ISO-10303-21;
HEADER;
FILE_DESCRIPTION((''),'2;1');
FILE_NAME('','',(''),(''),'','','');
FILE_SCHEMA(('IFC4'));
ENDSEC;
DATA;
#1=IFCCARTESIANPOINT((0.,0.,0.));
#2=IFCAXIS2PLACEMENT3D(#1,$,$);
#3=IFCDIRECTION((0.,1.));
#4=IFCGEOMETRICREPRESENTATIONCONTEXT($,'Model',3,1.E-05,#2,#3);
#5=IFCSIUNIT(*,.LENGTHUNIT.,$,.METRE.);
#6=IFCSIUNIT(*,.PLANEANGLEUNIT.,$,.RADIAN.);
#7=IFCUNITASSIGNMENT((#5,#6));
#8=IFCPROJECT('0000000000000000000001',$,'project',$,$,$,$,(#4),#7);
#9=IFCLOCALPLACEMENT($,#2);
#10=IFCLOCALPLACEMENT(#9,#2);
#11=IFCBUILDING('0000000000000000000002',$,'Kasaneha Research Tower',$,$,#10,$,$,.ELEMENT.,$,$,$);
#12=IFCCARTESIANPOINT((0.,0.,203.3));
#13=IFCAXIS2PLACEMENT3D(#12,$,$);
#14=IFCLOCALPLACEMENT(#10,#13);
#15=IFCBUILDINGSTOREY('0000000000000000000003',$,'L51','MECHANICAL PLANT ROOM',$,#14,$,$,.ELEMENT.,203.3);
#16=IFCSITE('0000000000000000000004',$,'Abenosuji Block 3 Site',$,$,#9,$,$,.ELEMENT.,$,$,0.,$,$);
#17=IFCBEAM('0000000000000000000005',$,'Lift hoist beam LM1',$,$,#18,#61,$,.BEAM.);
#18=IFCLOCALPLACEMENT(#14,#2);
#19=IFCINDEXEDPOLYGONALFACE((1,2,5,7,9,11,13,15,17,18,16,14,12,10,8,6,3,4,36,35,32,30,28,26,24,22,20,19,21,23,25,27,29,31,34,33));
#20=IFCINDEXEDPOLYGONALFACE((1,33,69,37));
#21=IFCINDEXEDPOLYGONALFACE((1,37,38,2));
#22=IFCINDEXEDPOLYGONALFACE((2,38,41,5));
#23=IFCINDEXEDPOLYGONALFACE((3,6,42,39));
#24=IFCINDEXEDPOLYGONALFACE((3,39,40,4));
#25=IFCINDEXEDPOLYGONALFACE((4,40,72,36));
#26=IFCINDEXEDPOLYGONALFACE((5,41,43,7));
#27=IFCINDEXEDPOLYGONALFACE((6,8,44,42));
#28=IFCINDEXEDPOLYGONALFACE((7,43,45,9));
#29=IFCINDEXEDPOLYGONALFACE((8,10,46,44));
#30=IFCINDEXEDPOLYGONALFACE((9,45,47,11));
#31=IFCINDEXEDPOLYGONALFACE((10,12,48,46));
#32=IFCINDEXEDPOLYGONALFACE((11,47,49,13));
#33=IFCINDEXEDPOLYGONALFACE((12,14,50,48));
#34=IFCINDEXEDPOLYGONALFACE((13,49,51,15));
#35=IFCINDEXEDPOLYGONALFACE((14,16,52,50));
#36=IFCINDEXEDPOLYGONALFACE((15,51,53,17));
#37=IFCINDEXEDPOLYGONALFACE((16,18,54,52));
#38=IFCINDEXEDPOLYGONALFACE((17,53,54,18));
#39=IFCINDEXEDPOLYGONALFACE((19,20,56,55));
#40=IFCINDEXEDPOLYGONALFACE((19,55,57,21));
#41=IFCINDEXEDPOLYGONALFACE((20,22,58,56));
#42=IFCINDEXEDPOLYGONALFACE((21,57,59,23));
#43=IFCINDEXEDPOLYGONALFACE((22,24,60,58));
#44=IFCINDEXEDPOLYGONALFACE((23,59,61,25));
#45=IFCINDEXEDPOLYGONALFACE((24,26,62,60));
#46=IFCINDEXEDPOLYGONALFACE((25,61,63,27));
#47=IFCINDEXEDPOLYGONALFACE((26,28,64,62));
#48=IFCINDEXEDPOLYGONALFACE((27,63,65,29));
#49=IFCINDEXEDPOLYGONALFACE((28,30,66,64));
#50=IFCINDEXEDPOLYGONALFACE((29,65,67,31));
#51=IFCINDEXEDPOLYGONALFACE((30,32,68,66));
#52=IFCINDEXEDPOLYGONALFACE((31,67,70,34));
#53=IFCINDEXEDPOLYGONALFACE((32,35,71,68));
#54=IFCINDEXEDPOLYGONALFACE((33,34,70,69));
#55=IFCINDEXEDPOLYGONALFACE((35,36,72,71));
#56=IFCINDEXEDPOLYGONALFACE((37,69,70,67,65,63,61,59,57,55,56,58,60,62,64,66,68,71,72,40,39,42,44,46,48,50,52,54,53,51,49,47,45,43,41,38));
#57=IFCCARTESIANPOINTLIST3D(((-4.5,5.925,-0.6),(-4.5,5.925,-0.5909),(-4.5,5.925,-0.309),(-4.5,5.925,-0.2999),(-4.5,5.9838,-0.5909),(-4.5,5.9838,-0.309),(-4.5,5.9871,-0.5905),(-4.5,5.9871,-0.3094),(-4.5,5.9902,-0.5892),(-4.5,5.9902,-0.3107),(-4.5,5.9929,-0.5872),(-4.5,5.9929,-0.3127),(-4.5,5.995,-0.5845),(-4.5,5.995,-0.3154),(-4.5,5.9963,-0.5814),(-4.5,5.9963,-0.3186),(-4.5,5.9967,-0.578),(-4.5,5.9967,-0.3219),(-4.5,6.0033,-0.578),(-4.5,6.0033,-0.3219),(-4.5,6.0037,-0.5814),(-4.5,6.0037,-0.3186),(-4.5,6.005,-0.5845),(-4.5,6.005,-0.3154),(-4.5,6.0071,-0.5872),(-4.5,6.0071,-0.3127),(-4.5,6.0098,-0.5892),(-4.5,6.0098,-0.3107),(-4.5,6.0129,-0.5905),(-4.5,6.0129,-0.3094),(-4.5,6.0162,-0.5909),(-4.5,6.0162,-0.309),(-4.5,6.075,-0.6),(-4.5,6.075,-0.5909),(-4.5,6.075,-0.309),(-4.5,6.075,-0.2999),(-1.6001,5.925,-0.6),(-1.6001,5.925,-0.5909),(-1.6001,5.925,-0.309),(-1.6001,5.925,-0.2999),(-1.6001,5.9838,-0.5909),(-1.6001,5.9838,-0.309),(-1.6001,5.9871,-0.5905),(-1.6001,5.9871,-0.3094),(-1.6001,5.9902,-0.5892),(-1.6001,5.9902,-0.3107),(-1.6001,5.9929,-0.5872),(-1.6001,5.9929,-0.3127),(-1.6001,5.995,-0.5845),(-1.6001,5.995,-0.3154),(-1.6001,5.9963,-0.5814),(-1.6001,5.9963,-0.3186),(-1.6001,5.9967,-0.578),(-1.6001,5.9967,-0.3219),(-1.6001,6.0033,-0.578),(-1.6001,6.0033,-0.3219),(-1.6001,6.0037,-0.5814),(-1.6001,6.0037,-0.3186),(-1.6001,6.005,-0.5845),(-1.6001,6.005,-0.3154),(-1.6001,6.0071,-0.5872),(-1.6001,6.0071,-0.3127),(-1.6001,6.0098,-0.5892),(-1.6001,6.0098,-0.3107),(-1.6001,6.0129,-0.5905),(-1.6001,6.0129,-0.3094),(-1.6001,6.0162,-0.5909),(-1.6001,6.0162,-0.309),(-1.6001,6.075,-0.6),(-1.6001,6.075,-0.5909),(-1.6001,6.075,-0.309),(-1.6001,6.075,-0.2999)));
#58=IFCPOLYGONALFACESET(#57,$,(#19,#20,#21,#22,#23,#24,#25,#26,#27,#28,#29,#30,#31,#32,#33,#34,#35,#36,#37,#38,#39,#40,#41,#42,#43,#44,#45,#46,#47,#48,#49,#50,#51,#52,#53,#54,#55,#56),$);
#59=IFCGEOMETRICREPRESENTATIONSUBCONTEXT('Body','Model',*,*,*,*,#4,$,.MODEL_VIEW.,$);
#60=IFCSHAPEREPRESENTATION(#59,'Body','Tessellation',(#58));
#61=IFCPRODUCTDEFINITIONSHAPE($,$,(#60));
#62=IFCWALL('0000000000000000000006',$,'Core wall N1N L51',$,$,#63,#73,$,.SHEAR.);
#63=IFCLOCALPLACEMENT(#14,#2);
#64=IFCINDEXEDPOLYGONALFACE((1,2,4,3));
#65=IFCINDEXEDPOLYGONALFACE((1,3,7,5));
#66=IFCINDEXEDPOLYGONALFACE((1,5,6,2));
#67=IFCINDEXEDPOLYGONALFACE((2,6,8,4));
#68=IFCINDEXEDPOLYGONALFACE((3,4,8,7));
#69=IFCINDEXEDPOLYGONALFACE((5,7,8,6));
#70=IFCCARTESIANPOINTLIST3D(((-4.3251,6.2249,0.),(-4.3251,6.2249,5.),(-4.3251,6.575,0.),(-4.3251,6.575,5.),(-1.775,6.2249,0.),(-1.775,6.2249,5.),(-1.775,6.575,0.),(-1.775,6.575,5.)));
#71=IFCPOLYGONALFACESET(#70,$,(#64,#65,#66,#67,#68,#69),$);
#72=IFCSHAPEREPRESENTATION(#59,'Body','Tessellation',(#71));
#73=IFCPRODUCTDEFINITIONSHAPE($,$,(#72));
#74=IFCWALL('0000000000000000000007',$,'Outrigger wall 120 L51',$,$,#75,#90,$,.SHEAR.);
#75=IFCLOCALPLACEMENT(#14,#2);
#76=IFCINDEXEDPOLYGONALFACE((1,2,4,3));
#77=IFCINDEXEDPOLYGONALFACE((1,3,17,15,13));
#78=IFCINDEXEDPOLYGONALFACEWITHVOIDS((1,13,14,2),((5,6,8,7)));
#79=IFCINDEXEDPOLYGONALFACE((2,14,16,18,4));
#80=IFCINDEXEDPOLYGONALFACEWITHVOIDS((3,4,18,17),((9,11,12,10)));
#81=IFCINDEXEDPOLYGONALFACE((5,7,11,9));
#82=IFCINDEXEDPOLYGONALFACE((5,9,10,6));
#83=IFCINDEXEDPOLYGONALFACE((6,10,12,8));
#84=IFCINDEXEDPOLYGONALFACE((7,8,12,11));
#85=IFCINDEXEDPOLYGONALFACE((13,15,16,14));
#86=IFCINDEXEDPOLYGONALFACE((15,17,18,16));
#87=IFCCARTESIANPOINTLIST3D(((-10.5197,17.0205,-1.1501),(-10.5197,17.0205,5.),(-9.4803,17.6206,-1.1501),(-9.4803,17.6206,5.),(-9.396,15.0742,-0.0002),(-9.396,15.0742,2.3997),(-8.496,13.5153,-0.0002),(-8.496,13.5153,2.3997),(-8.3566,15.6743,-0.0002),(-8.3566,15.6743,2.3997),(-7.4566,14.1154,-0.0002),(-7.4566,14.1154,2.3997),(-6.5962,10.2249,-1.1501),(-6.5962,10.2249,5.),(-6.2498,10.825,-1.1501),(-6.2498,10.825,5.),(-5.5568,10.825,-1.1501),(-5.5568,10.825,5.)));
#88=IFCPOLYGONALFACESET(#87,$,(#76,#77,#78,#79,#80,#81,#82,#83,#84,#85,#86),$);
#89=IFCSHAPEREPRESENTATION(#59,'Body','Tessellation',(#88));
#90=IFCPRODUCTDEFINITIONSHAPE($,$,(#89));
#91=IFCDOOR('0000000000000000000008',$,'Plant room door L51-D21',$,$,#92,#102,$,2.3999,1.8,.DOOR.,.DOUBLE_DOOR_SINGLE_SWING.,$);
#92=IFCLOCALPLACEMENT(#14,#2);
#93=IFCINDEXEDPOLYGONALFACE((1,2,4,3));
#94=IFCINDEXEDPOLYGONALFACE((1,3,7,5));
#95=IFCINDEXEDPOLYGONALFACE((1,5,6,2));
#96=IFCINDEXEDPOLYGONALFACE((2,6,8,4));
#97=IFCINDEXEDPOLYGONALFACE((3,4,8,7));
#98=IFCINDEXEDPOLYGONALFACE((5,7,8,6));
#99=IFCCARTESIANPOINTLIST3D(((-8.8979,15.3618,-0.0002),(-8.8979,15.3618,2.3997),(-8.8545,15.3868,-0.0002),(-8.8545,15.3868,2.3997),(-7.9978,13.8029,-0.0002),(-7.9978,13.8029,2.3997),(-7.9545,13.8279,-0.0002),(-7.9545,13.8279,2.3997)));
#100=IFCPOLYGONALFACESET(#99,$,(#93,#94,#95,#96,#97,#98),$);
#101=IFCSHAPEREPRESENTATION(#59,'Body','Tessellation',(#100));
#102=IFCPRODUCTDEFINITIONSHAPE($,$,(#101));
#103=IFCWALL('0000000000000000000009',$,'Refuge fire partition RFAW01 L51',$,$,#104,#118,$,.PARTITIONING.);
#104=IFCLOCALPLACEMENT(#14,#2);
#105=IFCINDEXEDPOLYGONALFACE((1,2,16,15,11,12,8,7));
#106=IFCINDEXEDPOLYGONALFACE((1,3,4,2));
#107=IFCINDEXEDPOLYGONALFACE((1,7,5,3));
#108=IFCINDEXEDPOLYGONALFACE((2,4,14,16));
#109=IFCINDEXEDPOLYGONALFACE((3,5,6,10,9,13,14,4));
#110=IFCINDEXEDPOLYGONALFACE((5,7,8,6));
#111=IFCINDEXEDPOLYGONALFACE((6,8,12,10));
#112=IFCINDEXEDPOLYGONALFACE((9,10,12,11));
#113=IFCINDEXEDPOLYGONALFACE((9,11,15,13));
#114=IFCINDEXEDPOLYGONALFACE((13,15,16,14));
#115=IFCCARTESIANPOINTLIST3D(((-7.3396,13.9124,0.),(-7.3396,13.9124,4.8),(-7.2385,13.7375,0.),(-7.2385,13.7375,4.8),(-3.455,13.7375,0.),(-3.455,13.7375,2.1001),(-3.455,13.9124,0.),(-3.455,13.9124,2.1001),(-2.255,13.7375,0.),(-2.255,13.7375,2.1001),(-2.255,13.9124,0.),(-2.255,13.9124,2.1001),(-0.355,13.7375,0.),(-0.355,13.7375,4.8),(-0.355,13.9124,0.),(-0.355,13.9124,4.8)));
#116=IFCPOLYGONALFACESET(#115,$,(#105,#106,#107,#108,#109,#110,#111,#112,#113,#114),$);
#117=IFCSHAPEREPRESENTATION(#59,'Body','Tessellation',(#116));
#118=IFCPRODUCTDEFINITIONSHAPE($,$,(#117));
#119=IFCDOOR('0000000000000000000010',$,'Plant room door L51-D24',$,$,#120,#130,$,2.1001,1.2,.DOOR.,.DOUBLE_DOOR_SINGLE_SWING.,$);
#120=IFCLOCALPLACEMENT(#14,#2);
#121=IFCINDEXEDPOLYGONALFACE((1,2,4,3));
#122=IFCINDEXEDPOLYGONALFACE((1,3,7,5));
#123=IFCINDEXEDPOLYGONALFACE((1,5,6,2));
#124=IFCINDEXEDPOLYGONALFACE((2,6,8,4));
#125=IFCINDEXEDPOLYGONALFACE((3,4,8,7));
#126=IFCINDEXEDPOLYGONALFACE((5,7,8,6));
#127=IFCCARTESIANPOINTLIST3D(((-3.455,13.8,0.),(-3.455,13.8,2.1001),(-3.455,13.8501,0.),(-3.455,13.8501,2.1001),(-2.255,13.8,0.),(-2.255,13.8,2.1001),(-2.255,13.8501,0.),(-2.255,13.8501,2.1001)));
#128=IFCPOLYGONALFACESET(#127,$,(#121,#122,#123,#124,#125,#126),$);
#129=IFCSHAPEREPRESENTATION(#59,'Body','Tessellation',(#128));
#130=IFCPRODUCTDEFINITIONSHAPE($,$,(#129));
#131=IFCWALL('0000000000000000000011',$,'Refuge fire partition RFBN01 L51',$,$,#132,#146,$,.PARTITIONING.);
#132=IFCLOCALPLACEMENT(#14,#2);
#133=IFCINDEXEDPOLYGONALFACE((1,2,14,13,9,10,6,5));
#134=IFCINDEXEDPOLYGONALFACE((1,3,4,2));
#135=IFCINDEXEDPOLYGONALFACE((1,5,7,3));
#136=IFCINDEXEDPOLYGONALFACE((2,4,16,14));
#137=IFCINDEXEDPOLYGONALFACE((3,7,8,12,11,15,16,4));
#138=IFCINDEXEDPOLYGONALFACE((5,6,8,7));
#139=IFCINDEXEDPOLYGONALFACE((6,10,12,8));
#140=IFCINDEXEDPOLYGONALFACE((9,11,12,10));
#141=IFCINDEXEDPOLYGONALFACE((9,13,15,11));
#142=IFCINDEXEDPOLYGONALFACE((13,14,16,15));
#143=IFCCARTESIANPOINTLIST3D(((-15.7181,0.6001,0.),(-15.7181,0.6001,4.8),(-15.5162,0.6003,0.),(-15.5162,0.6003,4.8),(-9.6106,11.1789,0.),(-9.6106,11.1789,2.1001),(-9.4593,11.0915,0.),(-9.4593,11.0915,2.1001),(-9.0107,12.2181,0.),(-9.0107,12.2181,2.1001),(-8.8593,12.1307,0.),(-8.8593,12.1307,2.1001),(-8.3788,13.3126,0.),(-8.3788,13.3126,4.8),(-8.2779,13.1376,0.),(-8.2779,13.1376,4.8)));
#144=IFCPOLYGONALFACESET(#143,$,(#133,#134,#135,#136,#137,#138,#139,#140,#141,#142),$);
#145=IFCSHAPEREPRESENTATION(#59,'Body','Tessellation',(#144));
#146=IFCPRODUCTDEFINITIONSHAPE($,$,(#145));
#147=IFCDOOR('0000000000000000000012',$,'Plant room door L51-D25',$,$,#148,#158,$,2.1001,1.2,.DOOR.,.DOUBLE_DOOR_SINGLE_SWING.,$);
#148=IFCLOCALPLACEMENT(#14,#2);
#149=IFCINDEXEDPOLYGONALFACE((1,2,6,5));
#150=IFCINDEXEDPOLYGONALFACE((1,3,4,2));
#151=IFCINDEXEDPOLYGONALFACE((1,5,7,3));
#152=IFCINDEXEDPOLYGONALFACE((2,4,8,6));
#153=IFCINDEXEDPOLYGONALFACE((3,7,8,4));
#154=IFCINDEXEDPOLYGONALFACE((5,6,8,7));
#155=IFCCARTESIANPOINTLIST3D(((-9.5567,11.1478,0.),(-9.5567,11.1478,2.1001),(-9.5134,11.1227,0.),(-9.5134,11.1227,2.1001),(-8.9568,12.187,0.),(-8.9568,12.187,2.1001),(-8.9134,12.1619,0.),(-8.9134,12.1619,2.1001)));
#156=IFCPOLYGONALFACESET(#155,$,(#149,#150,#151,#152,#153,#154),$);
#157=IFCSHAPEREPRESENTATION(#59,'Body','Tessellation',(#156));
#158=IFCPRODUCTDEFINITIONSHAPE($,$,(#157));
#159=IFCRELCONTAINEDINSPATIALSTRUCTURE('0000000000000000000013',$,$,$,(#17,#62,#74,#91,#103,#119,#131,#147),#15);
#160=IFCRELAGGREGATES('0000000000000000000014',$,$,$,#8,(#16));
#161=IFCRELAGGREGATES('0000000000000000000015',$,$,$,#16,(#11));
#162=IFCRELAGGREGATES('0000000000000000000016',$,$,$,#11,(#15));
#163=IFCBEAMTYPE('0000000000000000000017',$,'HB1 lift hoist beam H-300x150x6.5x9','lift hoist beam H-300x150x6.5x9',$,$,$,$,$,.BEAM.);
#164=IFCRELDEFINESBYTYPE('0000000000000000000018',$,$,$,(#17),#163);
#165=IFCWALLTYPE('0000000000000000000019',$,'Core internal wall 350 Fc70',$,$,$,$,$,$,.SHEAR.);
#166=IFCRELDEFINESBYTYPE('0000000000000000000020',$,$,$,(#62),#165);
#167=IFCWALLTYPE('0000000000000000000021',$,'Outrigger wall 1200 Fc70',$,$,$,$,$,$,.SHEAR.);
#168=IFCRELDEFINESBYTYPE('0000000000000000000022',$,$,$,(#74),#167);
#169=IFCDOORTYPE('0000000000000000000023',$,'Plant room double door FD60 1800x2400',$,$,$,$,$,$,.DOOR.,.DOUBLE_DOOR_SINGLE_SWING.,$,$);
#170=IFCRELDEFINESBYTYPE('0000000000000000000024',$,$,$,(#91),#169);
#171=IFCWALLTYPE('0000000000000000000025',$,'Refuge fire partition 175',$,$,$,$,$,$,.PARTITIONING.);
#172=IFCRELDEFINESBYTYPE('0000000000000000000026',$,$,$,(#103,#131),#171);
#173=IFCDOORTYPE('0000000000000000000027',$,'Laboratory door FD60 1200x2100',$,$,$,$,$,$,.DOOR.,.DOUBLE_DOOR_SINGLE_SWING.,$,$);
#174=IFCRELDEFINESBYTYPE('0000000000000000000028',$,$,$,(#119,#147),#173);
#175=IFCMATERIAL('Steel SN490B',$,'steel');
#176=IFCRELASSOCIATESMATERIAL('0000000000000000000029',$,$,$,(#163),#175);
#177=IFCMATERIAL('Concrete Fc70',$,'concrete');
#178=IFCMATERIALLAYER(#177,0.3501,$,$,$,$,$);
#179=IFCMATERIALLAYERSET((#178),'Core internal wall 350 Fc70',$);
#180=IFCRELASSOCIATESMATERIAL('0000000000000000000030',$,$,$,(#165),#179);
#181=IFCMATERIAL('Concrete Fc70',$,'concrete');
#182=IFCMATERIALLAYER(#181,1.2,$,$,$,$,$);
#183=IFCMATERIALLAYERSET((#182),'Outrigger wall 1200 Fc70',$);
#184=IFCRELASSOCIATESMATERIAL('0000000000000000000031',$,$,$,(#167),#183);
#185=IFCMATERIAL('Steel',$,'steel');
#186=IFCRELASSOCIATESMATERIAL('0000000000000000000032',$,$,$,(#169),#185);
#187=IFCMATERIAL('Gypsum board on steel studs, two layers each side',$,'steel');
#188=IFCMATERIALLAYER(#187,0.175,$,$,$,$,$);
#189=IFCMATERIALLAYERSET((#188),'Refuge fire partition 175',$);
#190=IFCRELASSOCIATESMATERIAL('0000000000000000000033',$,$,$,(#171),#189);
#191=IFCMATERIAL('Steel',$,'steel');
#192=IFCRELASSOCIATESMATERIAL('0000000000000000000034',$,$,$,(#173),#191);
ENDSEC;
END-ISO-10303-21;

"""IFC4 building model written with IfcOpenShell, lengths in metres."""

from ifc_helpers import new_model, si_unit, direction, frame, frame_2d, origin, origin_2d, place, context, subcontext, project, spatial, polyline, rectangle, i_section, outline, extrude, material, layer, layer_set, material_profile, profile_set, type_object, element, fill, save


model = new_model("IFC4")

# Units and contexts
model_context = context("Model", 3, precision=1e-05, world=origin(), true_north=direction((0.0, 1.0)))
body_context = subcontext(model_context, "Body", "Model", "MODEL_VIEW")
ifc_project = project(units=[si_unit("LENGTHUNIT", "METRE"), si_unit("PLANEANGLEUNIT", "RADIAN")], contexts=[model_context])

# Site, building, storey
site_placement = place(None, origin())
site = spatial("IfcSite", under=ifc_project, at=site_placement, Name="Abenosuji Block 3 Site", CompositionType="ELEMENT", RefElevation=0.0)
building_placement = place(site_placement, origin())
building = spatial("IfcBuilding", under=site, at=building_placement, Name="Kasaneha Research Tower", CompositionType="ELEMENT")
storey_placement = place(building_placement, frame((0.0, 0.0, 203.3)))
storey = spatial("IfcBuildingStorey", under=building, at=storey_placement, Name="L51", Description="MECHANICAL PLANT ROOM", CompositionType="ELEMENT", Elevation=203.3)

# Beam
ifc_material_1 = material(Name="Steel SN490B", Category="steel")
ifc_material_profile_1 = material_profile(ifc_material_1, i_section(OverallWidth=0.1499, OverallDepth=0.3, WebThickness=0.0066, FlangeThickness=0.009, FilletRadius=0.0129, at=origin_2d()), Name="H-300x150x6.5x9")
ifc_profile_set_1 = profile_set([ifc_material_profile_1], Name="Steel SN490B")
beam_type_1 = type_object("IfcBeamType", Name="HB1 lift hoist beam H-300x150x6.5x9", Description="lift hoist beam H-300x150x6.5x9", PredefinedType="BEAM", material=ifc_profile_set_1)
beam_1_placement = place(storey_placement, frame((-4.5, 6.0, -0.45), z_axis=(1.0, 0.0, 0.0), x_axis=(0.0, 1.0, 0.0)))
element("IfcBeam", 1, at=beam_1_placement, inside=storey, type_object=beam_type_1, Name="Lift hoist beam LM1", PredefinedType="BEAM", context=body_context, shape_type="SweptSolid", body=[
    extrude(i_section(OverallWidth=0.1499, OverallDepth=0.3, WebThickness=0.0066, FlangeThickness=0.009, FilletRadius=0.0129, at=origin_2d()), origin(), (0.0, 0.0, 1.0), 2.8999),
])

# Wall
ifc_material_2 = material(Name="Concrete Fc70", Category="concrete")
ifc_layer_1 = layer(ifc_material_2, 0.3501)
ifc_layer_set_1 = layer_set([ifc_layer_1], Name="Core internal wall 350 Fc70")
wall_type_1 = type_object("IfcWallType", Name="Core internal wall 350 Fc70", PredefinedType="SHEAR", material=ifc_layer_set_1)
wall_1_placement = place(storey_placement, frame((-4.325, 6.3999, 0.0), z_axis=(0.0, 0.0, 1.0), x_axis=(1.0, 0.0, 0.0)))
element("IfcWall", 2, at=wall_1_placement, inside=storey, type_object=wall_type_1, Name="Core wall N1N L51", PredefinedType="SHEAR", context=body_context, shape_type="SweptSolid", body=[
    extrude(rectangle(XDim=2.55, YDim=0.3501, at=frame_2d((1.2749, 0.0))), origin(), (0.0, 0.0, 1.0), 5.0),
])

# Walls, openings, doors
ifc_material_3 = material(Name="Concrete Fc70", Category="concrete")
ifc_layer_2 = layer(ifc_material_3, 1.2)
ifc_layer_set_2 = layer_set([ifc_layer_2], Name="Outrigger wall 1200 Fc70")
wall_type_2 = type_object("IfcWallType", Name="Outrigger wall 1200 Fc70", PredefinedType="SHEAR", material=ifc_layer_set_2)
wall_2_placement = place(storey_placement, frame((-6.2498, 10.825, -1.1501), z_axis=(0.0, 0.0, 1.0), x_axis=(-0.5, 0.866025, 0.0)))
wall_2 = element("IfcWall", 3, at=wall_2_placement, inside=storey, type_object=wall_type_2, Name="Outrigger wall 120 L51", PredefinedType="SHEAR", context=body_context, shape_type="SweptSolid", body=[
    extrude(outline(polyline([(-0.3464, -0.6001), (3.4531, -0.6001), (5.2532, -0.6001), (7.5005, -0.6001), (7.5005, 0.6001), (5.2532, 0.6001), (3.4531, 0.6001), (-0.3464, 0.6001), (0.0, 0.0), (-0.3464, -0.6001)])), origin(), (0.0, 0.0, 1.0), 6.1501),
])
opening_1_placement = place(wall_2_placement, frame((3.4531, 0.0, 1.1499)))
opening_1 = element("IfcOpeningElement", 4, at=opening_1_placement, cuts=wall_2, PredefinedType="OPENING", context=body_context, shape_type="SweptSolid", body=[
    extrude(rectangle(XDim=1.8, YDim=2.3999, at=frame_2d((0.8999, 1.2))), frame((0.0, 0.6099, 0.0), z_axis=(0.0, -1.0, 0.0), x_axis=(1.0, 0.0, 0.0)), (0.0, 0.0, 1.0), 1.22),
])
ifc_material_4 = material(Name="Steel", Category="steel")
door_type_1 = type_object("IfcDoorType", Name="Plant room double door FD60 1800x2400", OperationType="DOUBLE_DOOR_SINGLE_SWING", PredefinedType="DOOR", material=ifc_material_4)
door_1_placement = place(opening_1_placement, origin())
door_1 = element("IfcDoor", 5, at=door_1_placement, inside=storey, type_object=door_type_1, Name="Plant room door L51-D21", OperationType="DOUBLE_DOOR_SINGLE_SWING", OverallHeight=2.3999, OverallWidth=1.8, PredefinedType="DOOR", context=body_context, shape_type="SweptSolid", body=[
    extrude(rectangle(XDim=1.8, YDim=2.3999, at=frame_2d((0.8999, 1.2))), frame((0.0, 0.0249, 0.0), z_axis=(0.0, -1.0, 0.0), x_axis=(1.0, 0.0, 0.0)), (0.0, 0.0, 1.0), 0.05),
])
fill(opening_1, door_1)
ifc_material_5 = material(Name="Gypsum board on steel studs, two layers each side", Category="steel")
ifc_layer_3 = layer(ifc_material_5, 0.175)
ifc_layer_set_3 = layer_set([ifc_layer_3], Name="Refuge fire partition 175")
wall_type_3 = type_object("IfcWallType", Name="Refuge fire partition 175", PredefinedType="PARTITIONING", material=ifc_layer_set_3)
wall_3_placement = place(storey_placement, frame((-0.355, 13.825, 0.0), z_axis=(0.0, 0.0, 1.0), x_axis=(-1.0, 0.0, 0.0)))
wall_3 = element("IfcWall", 6, at=wall_3_placement, inside=storey, type_object=wall_type_3, Name="Refuge fire partition RFAW01 L51", PredefinedType="PARTITIONING", context=body_context, shape_type="SweptSolid", body=[
    extrude(outline(polyline([(0.0, -0.0874), (1.8999, -0.0874), (3.0999, -0.0874), (6.9846, -0.0874), (6.8835, 0.0874), (3.0999, 0.0874), (1.8999, 0.0874), (0.0, 0.0874), (0.0, -0.0874)])), origin(), (0.0, 0.0, 1.0), 4.8),
])
opening_2_placement = place(wall_3_placement, frame((1.8999, 0.0, 0.0)))
opening_2 = element("IfcOpeningElement", 7, at=opening_2_placement, cuts=wall_3, PredefinedType="OPENING", context=body_context, shape_type="SweptSolid", body=[
    extrude(rectangle(XDim=1.2, YDim=2.1001, at=frame_2d((0.6001, 1.05))), frame((0.0, 0.0977, 0.0), z_axis=(0.0, -1.0, 0.0), x_axis=(1.0, 0.0, 0.0)), (0.0, 0.0, 1.0), 0.1951),
])
ifc_material_6 = material(Name="Steel", Category="steel")
door_type_2 = type_object("IfcDoorType", Name="Laboratory door FD60 1200x2100", OperationType="DOUBLE_DOOR_SINGLE_SWING", PredefinedType="DOOR", material=ifc_material_6)
door_2_placement = place(opening_2_placement, origin())
door_2 = element("IfcDoor", 8, at=door_2_placement, inside=storey, type_object=door_type_2, Name="Plant room door L51-D24", OperationType="DOUBLE_DOOR_SINGLE_SWING", OverallHeight=2.1001, OverallWidth=1.2, PredefinedType="DOOR", context=body_context, shape_type="SweptSolid", body=[
    extrude(rectangle(XDim=1.2, YDim=2.1001, at=frame_2d((0.6001, 1.05))), frame((0.0, 0.0249, 0.0), z_axis=(0.0, -1.0, 0.0), x_axis=(1.0, 0.0, 0.0)), (0.0, 0.0, 1.0), 0.05),
])
fill(opening_2, door_2)
wall_4_placement = place(storey_placement, frame((-8.3284, 13.2251, 0.0), z_axis=(0.0, 0.0, 1.0), x_axis=(-0.499988, -0.866032, 0.0)))
wall_4 = element("IfcWall", 9, at=wall_4_placement, inside=storey, type_object=wall_type_3, Name="Refuge fire partition RFBN01 L51", PredefinedType="PARTITIONING", context=body_context, shape_type="SweptSolid", body=[
    extrude(outline(polyline([(-0.0505, -0.0874), (1.2131, -0.0874), (2.4131, -0.0874), (14.6284, -0.0874), (14.5273, 0.0874), (2.4131, 0.0874), (1.2131, 0.0874), (0.0505, 0.0874), (-0.0505, -0.0874)])), origin(), (0.0, 0.0, 1.0), 4.8),
])
opening_3_placement = place(wall_4_placement, frame((1.2131, 0.0, 0.0)))
opening_3 = element("IfcOpeningElement", 10, at=opening_3_placement, cuts=wall_4, PredefinedType="OPENING", context=body_context, shape_type="SweptSolid", body=[
    extrude(rectangle(XDim=1.2, YDim=2.1001, at=frame_2d((0.6001, 1.05))), frame((0.0, 0.0977, 0.0), z_axis=(0.0, -1.0, 0.0), x_axis=(1.0, 0.0, 0.0)), (0.0, 0.0, 1.0), 0.1951),
])
door_3_placement = place(opening_3_placement, origin())
door_3 = element("IfcDoor", 11, at=door_3_placement, inside=storey, type_object=door_type_2, Name="Plant room door L51-D25", OperationType="DOUBLE_DOOR_SINGLE_SWING", OverallHeight=2.1001, OverallWidth=1.2, PredefinedType="DOOR", context=body_context, shape_type="SweptSolid", body=[
    extrude(rectangle(XDim=1.2, YDim=2.1001, at=frame_2d((0.6001, 1.05))), frame((0.0, 0.0249, 0.0), z_axis=(0.0, -1.0, 0.0), x_axis=(1.0, 0.0, 0.0)), (0.0, 0.0, 1.0), 0.05),
])
fill(opening_3, door_3)

save(model, "model.ifc")
